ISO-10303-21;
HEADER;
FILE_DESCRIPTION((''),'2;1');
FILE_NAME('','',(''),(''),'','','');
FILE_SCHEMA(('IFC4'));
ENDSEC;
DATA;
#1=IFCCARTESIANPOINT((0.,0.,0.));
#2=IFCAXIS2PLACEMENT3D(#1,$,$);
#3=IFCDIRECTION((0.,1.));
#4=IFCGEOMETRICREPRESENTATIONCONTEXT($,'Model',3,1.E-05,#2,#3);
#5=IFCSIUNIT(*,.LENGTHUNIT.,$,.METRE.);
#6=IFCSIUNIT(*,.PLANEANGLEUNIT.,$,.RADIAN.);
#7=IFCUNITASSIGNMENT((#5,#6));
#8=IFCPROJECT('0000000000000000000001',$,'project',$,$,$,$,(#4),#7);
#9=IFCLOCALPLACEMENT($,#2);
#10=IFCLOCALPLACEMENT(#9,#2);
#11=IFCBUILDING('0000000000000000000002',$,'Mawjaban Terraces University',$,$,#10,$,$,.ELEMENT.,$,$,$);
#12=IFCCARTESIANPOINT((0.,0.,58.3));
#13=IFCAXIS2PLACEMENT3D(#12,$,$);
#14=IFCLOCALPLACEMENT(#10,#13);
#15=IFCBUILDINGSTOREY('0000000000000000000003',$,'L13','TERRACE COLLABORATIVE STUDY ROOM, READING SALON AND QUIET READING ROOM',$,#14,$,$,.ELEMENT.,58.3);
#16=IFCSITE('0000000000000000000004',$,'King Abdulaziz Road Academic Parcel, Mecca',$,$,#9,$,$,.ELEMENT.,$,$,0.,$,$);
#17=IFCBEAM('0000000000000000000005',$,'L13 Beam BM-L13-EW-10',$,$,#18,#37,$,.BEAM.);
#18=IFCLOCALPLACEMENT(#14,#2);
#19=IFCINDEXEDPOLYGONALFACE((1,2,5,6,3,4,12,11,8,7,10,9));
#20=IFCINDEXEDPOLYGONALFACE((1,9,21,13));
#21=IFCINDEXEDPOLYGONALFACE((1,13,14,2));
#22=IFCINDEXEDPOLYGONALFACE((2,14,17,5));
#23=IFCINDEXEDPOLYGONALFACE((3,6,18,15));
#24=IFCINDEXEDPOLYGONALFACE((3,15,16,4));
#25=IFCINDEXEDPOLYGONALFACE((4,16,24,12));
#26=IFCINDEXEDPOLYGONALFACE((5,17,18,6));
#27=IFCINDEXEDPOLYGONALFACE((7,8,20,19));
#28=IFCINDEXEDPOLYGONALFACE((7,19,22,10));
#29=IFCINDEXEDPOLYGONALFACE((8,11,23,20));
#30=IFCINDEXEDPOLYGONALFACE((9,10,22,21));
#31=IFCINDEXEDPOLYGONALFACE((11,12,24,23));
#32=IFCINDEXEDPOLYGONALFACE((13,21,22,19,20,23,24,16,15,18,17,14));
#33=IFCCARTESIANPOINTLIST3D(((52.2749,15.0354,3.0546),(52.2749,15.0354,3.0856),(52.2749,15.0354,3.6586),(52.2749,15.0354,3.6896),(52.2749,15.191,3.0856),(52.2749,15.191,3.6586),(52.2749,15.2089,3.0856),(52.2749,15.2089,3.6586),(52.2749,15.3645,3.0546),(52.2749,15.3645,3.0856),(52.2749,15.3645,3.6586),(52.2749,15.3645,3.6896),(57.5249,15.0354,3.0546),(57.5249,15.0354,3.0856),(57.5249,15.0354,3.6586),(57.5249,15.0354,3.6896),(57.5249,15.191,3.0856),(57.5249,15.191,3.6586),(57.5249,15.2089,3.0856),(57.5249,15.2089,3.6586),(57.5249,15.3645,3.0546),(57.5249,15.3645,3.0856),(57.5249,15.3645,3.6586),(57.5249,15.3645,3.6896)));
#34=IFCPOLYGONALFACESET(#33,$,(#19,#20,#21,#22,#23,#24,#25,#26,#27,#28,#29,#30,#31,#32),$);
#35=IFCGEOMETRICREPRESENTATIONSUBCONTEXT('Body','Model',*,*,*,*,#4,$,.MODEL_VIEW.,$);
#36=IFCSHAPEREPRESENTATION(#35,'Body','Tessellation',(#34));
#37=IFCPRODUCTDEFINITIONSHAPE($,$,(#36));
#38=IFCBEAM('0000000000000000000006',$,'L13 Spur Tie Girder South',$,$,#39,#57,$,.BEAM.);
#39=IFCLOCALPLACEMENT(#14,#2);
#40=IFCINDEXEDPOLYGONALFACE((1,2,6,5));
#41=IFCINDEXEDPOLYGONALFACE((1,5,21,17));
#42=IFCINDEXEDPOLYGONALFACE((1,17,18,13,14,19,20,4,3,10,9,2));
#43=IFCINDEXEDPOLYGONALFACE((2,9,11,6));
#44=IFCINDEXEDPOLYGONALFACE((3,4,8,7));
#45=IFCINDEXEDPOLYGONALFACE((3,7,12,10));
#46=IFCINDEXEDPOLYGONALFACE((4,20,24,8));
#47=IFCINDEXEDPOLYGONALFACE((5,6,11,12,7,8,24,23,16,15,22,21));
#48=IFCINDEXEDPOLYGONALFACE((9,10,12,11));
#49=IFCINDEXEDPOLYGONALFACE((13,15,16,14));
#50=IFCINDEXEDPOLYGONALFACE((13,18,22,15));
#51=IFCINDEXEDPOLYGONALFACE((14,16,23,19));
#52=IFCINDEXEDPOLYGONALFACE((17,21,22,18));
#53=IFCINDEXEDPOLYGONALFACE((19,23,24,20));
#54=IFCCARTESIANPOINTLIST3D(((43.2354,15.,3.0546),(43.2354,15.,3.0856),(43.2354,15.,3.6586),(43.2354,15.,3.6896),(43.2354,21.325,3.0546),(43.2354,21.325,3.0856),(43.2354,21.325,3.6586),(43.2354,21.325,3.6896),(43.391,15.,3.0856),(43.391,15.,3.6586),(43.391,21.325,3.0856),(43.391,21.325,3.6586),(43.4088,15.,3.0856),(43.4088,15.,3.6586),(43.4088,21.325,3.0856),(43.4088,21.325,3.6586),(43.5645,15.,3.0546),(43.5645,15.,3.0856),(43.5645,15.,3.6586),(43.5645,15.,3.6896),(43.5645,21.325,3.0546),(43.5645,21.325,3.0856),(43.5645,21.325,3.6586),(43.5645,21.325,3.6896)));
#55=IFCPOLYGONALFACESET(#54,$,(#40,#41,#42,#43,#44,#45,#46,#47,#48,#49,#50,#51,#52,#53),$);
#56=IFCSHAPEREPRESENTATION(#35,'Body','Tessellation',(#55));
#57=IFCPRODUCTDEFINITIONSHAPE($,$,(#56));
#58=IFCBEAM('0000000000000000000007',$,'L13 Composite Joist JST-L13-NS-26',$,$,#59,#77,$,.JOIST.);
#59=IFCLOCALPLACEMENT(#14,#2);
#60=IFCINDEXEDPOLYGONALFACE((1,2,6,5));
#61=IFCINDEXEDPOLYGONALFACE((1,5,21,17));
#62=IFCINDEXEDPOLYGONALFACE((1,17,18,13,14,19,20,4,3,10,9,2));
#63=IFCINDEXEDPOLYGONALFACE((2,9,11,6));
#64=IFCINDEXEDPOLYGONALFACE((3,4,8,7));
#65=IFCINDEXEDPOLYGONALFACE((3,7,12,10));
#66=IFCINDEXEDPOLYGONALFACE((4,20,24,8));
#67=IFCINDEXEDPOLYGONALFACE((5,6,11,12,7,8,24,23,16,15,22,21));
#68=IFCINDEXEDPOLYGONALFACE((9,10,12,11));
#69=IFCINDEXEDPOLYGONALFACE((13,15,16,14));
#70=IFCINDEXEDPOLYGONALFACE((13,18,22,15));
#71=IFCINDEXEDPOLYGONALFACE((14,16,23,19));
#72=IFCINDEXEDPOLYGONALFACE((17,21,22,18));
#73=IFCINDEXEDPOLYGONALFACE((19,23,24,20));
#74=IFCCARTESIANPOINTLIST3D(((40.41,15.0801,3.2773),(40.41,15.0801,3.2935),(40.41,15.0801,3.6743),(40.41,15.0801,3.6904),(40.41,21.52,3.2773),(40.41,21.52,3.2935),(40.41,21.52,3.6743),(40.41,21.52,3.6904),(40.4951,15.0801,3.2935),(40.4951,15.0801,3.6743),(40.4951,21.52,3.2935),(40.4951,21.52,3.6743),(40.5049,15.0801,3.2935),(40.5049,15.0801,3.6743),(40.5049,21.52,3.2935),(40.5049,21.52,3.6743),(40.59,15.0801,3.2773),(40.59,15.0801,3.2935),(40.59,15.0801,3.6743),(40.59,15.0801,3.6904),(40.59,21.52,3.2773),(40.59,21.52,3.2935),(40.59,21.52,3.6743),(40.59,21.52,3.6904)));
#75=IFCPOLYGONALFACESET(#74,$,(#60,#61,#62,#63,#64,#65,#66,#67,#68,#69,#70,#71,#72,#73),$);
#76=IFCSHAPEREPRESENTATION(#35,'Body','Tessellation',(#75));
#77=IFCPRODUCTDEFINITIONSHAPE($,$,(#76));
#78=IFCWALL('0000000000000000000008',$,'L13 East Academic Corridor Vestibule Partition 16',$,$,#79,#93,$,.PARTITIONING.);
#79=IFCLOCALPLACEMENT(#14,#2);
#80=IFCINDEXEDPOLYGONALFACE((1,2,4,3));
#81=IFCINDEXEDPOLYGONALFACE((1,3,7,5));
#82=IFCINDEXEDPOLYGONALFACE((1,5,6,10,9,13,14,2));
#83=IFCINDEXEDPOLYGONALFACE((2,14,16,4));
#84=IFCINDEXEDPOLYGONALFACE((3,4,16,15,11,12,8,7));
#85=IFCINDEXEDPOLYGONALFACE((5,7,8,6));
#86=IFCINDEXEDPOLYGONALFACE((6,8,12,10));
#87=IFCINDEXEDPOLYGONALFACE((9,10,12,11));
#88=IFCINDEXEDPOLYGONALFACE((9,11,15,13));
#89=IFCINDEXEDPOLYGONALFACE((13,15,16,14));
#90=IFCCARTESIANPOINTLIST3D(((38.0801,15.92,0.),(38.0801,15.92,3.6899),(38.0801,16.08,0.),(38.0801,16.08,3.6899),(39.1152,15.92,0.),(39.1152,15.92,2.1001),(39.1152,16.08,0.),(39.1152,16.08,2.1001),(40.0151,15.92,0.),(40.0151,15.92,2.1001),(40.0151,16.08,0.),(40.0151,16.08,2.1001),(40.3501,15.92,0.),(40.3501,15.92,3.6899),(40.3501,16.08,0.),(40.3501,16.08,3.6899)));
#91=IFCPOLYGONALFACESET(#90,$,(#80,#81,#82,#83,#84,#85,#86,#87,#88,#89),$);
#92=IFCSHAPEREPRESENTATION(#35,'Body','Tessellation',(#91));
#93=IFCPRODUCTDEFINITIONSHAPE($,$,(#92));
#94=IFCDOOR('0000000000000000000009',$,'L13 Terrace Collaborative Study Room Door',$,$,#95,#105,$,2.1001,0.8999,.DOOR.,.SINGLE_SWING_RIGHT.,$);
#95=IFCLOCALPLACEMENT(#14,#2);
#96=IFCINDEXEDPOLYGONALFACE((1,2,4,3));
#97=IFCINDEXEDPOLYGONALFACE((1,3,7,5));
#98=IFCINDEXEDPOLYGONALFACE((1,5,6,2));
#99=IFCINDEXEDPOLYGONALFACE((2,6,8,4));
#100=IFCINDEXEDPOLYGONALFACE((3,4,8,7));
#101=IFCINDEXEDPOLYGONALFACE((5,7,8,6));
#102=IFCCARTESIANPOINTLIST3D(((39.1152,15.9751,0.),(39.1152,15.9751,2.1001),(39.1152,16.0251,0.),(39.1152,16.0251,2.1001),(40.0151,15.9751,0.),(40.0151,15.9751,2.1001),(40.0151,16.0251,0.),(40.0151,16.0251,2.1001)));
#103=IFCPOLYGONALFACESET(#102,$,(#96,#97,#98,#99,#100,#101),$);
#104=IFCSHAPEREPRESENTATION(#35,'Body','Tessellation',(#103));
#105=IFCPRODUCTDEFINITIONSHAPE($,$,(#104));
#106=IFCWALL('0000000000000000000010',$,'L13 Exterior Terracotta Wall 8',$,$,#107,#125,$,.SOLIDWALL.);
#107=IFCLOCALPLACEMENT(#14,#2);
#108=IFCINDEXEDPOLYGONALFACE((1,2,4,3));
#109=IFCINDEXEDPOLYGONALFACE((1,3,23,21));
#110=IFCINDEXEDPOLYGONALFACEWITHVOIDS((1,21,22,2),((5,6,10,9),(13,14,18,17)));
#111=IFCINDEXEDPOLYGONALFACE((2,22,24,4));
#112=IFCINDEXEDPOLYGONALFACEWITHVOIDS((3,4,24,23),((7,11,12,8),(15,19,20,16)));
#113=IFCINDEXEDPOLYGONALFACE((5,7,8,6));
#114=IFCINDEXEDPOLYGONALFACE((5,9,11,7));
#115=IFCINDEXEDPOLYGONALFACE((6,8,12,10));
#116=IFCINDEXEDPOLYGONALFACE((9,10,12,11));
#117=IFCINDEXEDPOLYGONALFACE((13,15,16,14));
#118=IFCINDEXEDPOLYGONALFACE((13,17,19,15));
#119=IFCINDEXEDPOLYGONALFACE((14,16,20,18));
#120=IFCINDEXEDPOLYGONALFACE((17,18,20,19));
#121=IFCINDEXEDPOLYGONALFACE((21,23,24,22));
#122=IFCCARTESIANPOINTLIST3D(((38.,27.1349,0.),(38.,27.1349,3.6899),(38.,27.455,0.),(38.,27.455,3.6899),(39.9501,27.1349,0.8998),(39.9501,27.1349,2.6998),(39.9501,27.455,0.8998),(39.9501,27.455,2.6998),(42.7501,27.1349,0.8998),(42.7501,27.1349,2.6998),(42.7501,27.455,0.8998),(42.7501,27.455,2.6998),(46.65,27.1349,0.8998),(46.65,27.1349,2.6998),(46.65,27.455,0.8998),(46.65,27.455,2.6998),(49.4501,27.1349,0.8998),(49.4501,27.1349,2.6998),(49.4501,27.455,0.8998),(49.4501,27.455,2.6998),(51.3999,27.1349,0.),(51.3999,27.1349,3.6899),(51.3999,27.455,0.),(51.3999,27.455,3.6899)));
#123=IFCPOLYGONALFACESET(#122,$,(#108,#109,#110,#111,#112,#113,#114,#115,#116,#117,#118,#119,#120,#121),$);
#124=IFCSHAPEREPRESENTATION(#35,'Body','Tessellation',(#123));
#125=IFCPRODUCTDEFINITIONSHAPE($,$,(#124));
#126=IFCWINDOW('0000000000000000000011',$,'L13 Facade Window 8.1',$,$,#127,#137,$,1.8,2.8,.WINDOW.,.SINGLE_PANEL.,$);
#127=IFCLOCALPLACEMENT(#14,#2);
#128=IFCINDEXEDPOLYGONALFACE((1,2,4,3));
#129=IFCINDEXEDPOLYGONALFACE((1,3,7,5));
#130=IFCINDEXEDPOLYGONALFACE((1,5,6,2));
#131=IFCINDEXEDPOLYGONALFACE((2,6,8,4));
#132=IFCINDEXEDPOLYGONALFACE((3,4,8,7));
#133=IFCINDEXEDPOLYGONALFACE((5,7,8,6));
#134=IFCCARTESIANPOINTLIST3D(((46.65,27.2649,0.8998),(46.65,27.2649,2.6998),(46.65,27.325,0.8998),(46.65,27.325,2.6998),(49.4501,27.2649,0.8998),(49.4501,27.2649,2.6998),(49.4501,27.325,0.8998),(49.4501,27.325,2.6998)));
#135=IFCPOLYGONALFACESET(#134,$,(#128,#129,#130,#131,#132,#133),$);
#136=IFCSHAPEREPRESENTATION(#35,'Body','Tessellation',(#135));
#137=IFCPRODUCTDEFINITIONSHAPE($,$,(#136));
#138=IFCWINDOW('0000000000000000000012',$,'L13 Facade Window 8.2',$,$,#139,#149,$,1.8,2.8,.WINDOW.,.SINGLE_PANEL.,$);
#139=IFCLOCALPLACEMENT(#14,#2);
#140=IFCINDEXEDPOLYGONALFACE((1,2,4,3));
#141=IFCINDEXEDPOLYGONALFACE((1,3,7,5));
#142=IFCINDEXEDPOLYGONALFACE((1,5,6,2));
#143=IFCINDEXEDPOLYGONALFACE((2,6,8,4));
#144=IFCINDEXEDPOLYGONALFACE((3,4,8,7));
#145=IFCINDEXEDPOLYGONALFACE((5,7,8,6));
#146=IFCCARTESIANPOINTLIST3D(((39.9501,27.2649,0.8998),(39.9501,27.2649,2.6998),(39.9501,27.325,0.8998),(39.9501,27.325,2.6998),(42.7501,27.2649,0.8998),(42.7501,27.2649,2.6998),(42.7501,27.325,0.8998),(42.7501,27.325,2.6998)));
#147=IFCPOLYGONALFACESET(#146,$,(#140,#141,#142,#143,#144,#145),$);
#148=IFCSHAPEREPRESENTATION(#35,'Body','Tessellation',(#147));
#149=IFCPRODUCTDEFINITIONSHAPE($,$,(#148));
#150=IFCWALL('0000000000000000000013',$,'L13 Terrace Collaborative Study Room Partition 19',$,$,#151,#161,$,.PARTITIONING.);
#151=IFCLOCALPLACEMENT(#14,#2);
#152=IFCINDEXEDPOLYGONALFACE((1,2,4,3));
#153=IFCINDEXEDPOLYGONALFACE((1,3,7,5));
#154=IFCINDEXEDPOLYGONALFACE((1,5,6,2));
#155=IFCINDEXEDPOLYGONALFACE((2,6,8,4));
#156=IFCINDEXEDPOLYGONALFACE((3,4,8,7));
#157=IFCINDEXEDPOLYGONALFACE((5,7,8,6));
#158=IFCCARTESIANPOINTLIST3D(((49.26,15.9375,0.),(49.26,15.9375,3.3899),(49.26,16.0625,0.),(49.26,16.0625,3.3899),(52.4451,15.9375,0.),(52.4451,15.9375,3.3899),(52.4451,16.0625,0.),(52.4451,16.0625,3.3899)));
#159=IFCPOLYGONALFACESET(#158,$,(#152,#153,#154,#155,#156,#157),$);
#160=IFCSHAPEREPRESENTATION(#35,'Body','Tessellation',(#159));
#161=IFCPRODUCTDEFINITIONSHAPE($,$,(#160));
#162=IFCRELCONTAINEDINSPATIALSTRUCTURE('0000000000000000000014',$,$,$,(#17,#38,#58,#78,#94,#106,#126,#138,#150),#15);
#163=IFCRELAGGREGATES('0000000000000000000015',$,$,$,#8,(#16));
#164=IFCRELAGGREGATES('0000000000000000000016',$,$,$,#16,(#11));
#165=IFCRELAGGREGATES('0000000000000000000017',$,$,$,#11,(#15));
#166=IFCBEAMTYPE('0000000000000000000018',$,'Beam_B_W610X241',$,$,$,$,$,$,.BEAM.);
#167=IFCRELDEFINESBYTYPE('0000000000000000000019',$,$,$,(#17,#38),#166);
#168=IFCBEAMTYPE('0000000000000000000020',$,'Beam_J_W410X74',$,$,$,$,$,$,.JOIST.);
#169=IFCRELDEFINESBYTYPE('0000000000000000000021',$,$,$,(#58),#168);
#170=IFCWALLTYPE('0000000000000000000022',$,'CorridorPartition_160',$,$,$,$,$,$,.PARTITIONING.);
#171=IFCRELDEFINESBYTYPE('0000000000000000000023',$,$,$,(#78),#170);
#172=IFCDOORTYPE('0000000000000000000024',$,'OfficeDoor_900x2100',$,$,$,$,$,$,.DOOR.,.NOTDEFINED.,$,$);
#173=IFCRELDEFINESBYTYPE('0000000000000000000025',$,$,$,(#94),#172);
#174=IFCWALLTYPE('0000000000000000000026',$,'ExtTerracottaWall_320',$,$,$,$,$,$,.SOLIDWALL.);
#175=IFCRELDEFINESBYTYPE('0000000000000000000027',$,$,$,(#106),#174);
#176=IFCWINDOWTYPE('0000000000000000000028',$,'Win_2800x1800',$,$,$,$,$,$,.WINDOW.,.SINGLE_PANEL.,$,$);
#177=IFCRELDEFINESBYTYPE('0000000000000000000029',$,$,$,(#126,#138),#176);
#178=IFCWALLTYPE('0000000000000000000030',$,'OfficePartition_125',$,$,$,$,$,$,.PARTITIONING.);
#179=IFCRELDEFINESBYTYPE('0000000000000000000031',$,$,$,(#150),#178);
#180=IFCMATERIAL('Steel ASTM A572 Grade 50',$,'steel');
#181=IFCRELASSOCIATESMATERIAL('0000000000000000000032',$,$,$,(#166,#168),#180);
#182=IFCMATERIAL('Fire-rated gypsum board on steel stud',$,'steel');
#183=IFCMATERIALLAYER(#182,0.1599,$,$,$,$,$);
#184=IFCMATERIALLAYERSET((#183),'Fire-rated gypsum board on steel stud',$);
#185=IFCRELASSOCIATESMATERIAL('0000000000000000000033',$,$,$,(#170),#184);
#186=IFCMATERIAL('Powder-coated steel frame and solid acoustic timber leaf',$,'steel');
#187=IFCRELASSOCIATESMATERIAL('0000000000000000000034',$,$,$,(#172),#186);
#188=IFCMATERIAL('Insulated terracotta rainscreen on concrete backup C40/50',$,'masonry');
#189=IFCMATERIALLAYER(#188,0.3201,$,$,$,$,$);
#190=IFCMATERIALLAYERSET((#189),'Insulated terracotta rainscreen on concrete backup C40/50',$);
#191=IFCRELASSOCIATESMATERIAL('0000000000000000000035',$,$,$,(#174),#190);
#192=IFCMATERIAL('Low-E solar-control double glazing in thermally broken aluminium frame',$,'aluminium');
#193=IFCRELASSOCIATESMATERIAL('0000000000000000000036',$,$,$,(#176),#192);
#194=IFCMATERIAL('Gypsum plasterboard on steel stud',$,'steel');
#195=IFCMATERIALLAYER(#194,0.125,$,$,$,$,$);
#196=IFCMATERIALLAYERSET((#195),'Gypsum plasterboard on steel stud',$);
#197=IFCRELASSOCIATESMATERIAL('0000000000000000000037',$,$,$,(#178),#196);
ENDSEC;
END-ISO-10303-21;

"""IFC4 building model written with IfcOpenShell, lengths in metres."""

from ifc_helpers import new_model, si_unit, direction, frame, frame_2d, origin, origin_2d, place, context, subcontext, project, spatial, rectangle, i_section, extrude, material, layer, layer_set, material_profile, profile_set, type_object, element, fill, save


model = new_model("IFC4")

# Units and contexts
model_context = context("Model", 3, precision=1e-05, world=origin(), true_north=direction((0.0, 1.0)))
body_context = subcontext(model_context, "Body", "Model", "MODEL_VIEW")
ifc_project = project(units=[si_unit("LENGTHUNIT", "METRE"), si_unit("PLANEANGLEUNIT", "RADIAN")], contexts=[model_context])

# Site, building, storey
site_placement = place(None, origin())
site = spatial("IfcSite", under=ifc_project, at=site_placement, Name="King Abdulaziz Road Academic Parcel, Mecca", CompositionType="ELEMENT", RefElevation=0.0)
building_placement = place(site_placement, origin())
building = spatial("IfcBuilding", under=site, at=building_placement, Name="Mawjaban Terraces University", CompositionType="ELEMENT")
storey_placement = place(building_placement, frame((0.0, 0.0, 58.3)))
storey = spatial("IfcBuildingStorey", under=building, at=storey_placement, Name="L13", Description="TERRACE COLLABORATIVE STUDY ROOM, READING SALON AND QUIET READING ROOM", CompositionType="ELEMENT", Elevation=58.3)

# Beams
ifc_material_1 = material(Name="Steel ASTM A572 Grade 50", Category="steel")
ifc_material_profile_1 = material_profile(ifc_material_1, i_section(OverallWidth=0.3291, OverallDepth=0.635, WebThickness=0.0178, FlangeThickness=0.031, at=origin_2d()), Name="W610X241")
ifc_profile_set_1 = profile_set([ifc_material_profile_1], Name="Steel ASTM A572 Grade 50")
beam_type_1 = type_object("IfcBeamType", Name="Beam_B_W610X241", PredefinedType="BEAM", material=ifc_profile_set_1)
beam_1_placement = place(storey_placement, frame((52.2749, 15.2, 3.3721), z_axis=(1.0, 0.0, 0.0), x_axis=(0.0, 1.0, 0.0)))
element("IfcBeam", 1, at=beam_1_placement, inside=storey, type_object=beam_type_1, Name="L13 Beam BM-L13-EW-10", PredefinedType="BEAM", context=body_context, shape_type="SweptSolid", body=[
    extrude(i_section(OverallWidth=0.3291, OverallDepth=0.635, WebThickness=0.0178, FlangeThickness=0.031, at=origin_2d()), origin(), (0.0, 0.0, 1.0), 5.25),
])
beam_2_placement = place(storey_placement, frame((43.3999, 15.0, 3.3721), z_axis=(0.0, 1.0, 0.0), x_axis=(-1.0, 0.0, 0.0)))
element("IfcBeam", 2, at=beam_2_placement, inside=storey, type_object=beam_type_1, Name="L13 Spur Tie Girder South", PredefinedType="BEAM", context=body_context, shape_type="SweptSolid", body=[
    extrude(i_section(OverallWidth=0.3291, OverallDepth=0.635, WebThickness=0.0178, FlangeThickness=0.031, at=origin_2d()), origin(), (0.0, 0.0, 1.0), 6.325),
])
ifc_material_profile_2 = material_profile(ifc_material_1, i_section(OverallWidth=0.1799, OverallDepth=0.4131, WebThickness=0.0098, FlangeThickness=0.0161, at=origin_2d()), Name="W410X74")
ifc_profile_set_2 = profile_set([ifc_material_profile_2], Name="Steel ASTM A572 Grade 50")
beam_type_2 = type_object("IfcBeamType", Name="Beam_J_W410X74", PredefinedType="JOIST", material=ifc_profile_set_2)
beam_3_placement = place(storey_placement, frame((40.5, 15.0801, 3.4839), z_axis=(0.0, 1.0, 0.0), x_axis=(-1.0, 0.0, 0.0)))
element("IfcBeam", 3, at=beam_3_placement, inside=storey, type_object=beam_type_2, Name="L13 Composite Joist JST-L13-NS-26", PredefinedType="JOIST", context=body_context, shape_type="SweptSolid", body=[
    extrude(i_section(OverallWidth=0.1799, OverallDepth=0.4131, WebThickness=0.0098, FlangeThickness=0.0161, at=origin_2d()), origin(), (0.0, 0.0, 1.0), 6.4399),
])

# Wall, opening, door
ifc_material_2 = material(Name="Fire-rated gypsum board on steel stud", Category="steel")
ifc_layer_1 = layer(ifc_material_2, 0.1599)
ifc_layer_set_1 = layer_set([ifc_layer_1], Name="Fire-rated gypsum board on steel stud")
wall_type_1 = type_object("IfcWallType", Name="CorridorPartition_160", PredefinedType="PARTITIONING", material=ifc_layer_set_1)
wall_1_placement = place(storey_placement, frame((40.3501, 16.0, 0.0), z_axis=(0.0, 0.0, 1.0), x_axis=(-1.0, 0.0, 0.0)))
wall_1 = element("IfcWall", 4, at=wall_1_placement, inside=storey, type_object=wall_type_1, Name="L13 East Academic Corridor Vestibule Partition 16", PredefinedType="PARTITIONING", context=body_context, shape_type="SweptSolid", body=[
    extrude(rectangle(XDim=2.27, YDim=0.1599, at=frame_2d((1.135, 0.0))), origin(), (0.0, 0.0, 1.0), 3.6899),
])
opening_1_placement = place(wall_1_placement, frame((0.335, 0.0, 0.0)))
opening_1 = element("IfcOpeningElement", 5, at=opening_1_placement, cuts=wall_1, PredefinedType="OPENING", context=body_context, shape_type="SweptSolid", body=[
    extrude(rectangle(XDim=0.8999, YDim=2.1001, at=frame_2d((0.45, 1.05))), frame((0.0, 0.0898, 0.0), z_axis=(0.0, -1.0, 0.0), x_axis=(1.0, 0.0, 0.0)), (0.0, 0.0, 1.0), 0.1799),
])
ifc_material_3 = material(Name="Powder-coated steel frame and solid acoustic timber leaf", Category="steel")
door_type = type_object("IfcDoorType", Name="OfficeDoor_900x2100", OperationType="NOTDEFINED", PredefinedType="DOOR", material=ifc_material_3)
door_placement = place(opening_1_placement, origin())
door = element("IfcDoor", 6, at=door_placement, inside=storey, type_object=door_type, Name="L13 Terrace Collaborative Study Room Door", OperationType="SINGLE_SWING_RIGHT", OverallHeight=2.1001, OverallWidth=0.8999, PredefinedType="DOOR", context=body_context, shape_type="SweptSolid", body=[
    extrude(rectangle(XDim=0.8999, YDim=2.1001, at=frame_2d((0.45, 1.05))), frame((0.0, 0.0249, 0.0), z_axis=(0.0, -1.0, 0.0), x_axis=(1.0, 0.0, 0.0)), (0.0, 0.0, 1.0), 0.05),
])
fill(opening_1, door)

# Wall, openings, windows
ifc_material_4 = material(Name="Insulated terracotta rainscreen on concrete backup C40/50", Category="masonry")
ifc_layer_2 = layer(ifc_material_4, 0.3201)
ifc_layer_set_2 = layer_set([ifc_layer_2], Name="Insulated terracotta rainscreen on concrete backup C40/50")
wall_type_2 = type_object("IfcWallType", Name="ExtTerracottaWall_320", PredefinedType="SOLIDWALL", material=ifc_layer_set_2)
wall_2_placement = place(storey_placement, frame((51.3999, 27.2949, 0.0), z_axis=(0.0, 0.0, 1.0), x_axis=(-1.0, 0.0, 0.0)))
wall_2 = element("IfcWall", 7, at=wall_2_placement, inside=storey, type_object=wall_type_2, Name="L13 Exterior Terracotta Wall 8", PredefinedType="SOLIDWALL", context=body_context, shape_type="SweptSolid", body=[
    extrude(rectangle(XDim=13.3999, YDim=0.3201, at=frame_2d((6.7, 0.0))), origin(), (0.0, 0.0, 1.0), 3.6899),
])
opening_2_placement = place(wall_2_placement, frame((1.95, 0.0, 0.8999)))
opening_2 = element("IfcOpeningElement", 8, at=opening_2_placement, cuts=wall_2, PredefinedType="OPENING", context=body_context, shape_type="SweptSolid", body=[
    extrude(rectangle(XDim=2.8, YDim=1.8, at=frame_2d((1.3999, 0.8999))), frame((0.0, 0.1699, 0.0), z_axis=(0.0, -1.0, 0.0), x_axis=(1.0, 0.0, 0.0)), (0.0, 0.0, 1.0), 0.3401),
])
opening_3_placement = place(wall_2_placement, frame((8.6499, 0.0, 0.8999)))
opening_3 = element("IfcOpeningElement", 9, at=opening_3_placement, cuts=wall_2, PredefinedType="OPENING", context=body_context, shape_type="SweptSolid", body=[
    extrude(rectangle(XDim=2.8, YDim=1.8, at=frame_2d((1.3999, 0.8999))), frame((0.0, 0.1699, 0.0), z_axis=(0.0, -1.0, 0.0), x_axis=(1.0, 0.0, 0.0)), (0.0, 0.0, 1.0), 0.3401),
])
ifc_material_5 = material(Name="Low-E solar-control double glazing in thermally broken aluminium frame", Category="aluminium")
window_type = type_object("IfcWindowType", Name="Win_2800x1800", PartitioningType="SINGLE_PANEL", PredefinedType="WINDOW", material=ifc_material_5)
window_1_placement = place(opening_2_placement, origin())
window_1 = element("IfcWindow", 10, at=window_1_placement, inside=storey, type_object=window_type, Name="L13 Facade Window 8.1", OverallHeight=1.8, OverallWidth=2.8, PartitioningType="SINGLE_PANEL", PredefinedType="WINDOW", context=body_context, shape_type="SweptSolid", body=[
    extrude(rectangle(XDim=2.8, YDim=1.8, at=frame_2d((1.3999, 0.8999))), frame((0.0, 0.03, 0.0), z_axis=(0.0, -1.0, 0.0), x_axis=(1.0, 0.0, 0.0)), (0.0, 0.0, 1.0), 0.0601),
])
fill(opening_2, window_1)
window_2_placement = place(opening_3_placement, origin())
window_2 = element("IfcWindow", 11, at=window_2_placement, inside=storey, type_object=window_type, Name="L13 Facade Window 8.2", OverallHeight=1.8, OverallWidth=2.8, PartitioningType="SINGLE_PANEL", PredefinedType="WINDOW", context=body_context, shape_type="SweptSolid", body=[
    extrude(rectangle(XDim=2.8, YDim=1.8, at=frame_2d((1.3999, 0.8999))), frame((0.0, 0.03, 0.0), z_axis=(0.0, -1.0, 0.0), x_axis=(1.0, 0.0, 0.0)), (0.0, 0.0, 1.0), 0.0601),
])
fill(opening_3, window_2)

# Wall
ifc_material_6 = material(Name="Gypsum plasterboard on steel stud", Category="steel")
ifc_layer_3 = layer(ifc_material_6, 0.125)
ifc_layer_set_3 = layer_set([ifc_layer_3], Name="Gypsum plasterboard on steel stud")
wall_type_3 = type_object("IfcWallType", Name="OfficePartition_125", PredefinedType="PARTITIONING", material=ifc_layer_set_3)
wall_3_placement = place(storey_placement, frame((49.26, 16.0, 0.0), z_axis=(0.0, 0.0, 1.0), x_axis=(1.0, 0.0, 0.0)))
element("IfcWall", 12, at=wall_3_placement, inside=storey, type_object=wall_type_3, Name="L13 Terrace Collaborative Study Room Partition 19", PredefinedType="PARTITIONING", context=body_context, shape_type="SweptSolid", body=[
    extrude(rectangle(XDim=3.1851, YDim=0.125, at=frame_2d((1.5925, 0.0))), origin(), (0.0, 0.0, 1.0), 3.3899),
])

save(model, "model.ifc")
